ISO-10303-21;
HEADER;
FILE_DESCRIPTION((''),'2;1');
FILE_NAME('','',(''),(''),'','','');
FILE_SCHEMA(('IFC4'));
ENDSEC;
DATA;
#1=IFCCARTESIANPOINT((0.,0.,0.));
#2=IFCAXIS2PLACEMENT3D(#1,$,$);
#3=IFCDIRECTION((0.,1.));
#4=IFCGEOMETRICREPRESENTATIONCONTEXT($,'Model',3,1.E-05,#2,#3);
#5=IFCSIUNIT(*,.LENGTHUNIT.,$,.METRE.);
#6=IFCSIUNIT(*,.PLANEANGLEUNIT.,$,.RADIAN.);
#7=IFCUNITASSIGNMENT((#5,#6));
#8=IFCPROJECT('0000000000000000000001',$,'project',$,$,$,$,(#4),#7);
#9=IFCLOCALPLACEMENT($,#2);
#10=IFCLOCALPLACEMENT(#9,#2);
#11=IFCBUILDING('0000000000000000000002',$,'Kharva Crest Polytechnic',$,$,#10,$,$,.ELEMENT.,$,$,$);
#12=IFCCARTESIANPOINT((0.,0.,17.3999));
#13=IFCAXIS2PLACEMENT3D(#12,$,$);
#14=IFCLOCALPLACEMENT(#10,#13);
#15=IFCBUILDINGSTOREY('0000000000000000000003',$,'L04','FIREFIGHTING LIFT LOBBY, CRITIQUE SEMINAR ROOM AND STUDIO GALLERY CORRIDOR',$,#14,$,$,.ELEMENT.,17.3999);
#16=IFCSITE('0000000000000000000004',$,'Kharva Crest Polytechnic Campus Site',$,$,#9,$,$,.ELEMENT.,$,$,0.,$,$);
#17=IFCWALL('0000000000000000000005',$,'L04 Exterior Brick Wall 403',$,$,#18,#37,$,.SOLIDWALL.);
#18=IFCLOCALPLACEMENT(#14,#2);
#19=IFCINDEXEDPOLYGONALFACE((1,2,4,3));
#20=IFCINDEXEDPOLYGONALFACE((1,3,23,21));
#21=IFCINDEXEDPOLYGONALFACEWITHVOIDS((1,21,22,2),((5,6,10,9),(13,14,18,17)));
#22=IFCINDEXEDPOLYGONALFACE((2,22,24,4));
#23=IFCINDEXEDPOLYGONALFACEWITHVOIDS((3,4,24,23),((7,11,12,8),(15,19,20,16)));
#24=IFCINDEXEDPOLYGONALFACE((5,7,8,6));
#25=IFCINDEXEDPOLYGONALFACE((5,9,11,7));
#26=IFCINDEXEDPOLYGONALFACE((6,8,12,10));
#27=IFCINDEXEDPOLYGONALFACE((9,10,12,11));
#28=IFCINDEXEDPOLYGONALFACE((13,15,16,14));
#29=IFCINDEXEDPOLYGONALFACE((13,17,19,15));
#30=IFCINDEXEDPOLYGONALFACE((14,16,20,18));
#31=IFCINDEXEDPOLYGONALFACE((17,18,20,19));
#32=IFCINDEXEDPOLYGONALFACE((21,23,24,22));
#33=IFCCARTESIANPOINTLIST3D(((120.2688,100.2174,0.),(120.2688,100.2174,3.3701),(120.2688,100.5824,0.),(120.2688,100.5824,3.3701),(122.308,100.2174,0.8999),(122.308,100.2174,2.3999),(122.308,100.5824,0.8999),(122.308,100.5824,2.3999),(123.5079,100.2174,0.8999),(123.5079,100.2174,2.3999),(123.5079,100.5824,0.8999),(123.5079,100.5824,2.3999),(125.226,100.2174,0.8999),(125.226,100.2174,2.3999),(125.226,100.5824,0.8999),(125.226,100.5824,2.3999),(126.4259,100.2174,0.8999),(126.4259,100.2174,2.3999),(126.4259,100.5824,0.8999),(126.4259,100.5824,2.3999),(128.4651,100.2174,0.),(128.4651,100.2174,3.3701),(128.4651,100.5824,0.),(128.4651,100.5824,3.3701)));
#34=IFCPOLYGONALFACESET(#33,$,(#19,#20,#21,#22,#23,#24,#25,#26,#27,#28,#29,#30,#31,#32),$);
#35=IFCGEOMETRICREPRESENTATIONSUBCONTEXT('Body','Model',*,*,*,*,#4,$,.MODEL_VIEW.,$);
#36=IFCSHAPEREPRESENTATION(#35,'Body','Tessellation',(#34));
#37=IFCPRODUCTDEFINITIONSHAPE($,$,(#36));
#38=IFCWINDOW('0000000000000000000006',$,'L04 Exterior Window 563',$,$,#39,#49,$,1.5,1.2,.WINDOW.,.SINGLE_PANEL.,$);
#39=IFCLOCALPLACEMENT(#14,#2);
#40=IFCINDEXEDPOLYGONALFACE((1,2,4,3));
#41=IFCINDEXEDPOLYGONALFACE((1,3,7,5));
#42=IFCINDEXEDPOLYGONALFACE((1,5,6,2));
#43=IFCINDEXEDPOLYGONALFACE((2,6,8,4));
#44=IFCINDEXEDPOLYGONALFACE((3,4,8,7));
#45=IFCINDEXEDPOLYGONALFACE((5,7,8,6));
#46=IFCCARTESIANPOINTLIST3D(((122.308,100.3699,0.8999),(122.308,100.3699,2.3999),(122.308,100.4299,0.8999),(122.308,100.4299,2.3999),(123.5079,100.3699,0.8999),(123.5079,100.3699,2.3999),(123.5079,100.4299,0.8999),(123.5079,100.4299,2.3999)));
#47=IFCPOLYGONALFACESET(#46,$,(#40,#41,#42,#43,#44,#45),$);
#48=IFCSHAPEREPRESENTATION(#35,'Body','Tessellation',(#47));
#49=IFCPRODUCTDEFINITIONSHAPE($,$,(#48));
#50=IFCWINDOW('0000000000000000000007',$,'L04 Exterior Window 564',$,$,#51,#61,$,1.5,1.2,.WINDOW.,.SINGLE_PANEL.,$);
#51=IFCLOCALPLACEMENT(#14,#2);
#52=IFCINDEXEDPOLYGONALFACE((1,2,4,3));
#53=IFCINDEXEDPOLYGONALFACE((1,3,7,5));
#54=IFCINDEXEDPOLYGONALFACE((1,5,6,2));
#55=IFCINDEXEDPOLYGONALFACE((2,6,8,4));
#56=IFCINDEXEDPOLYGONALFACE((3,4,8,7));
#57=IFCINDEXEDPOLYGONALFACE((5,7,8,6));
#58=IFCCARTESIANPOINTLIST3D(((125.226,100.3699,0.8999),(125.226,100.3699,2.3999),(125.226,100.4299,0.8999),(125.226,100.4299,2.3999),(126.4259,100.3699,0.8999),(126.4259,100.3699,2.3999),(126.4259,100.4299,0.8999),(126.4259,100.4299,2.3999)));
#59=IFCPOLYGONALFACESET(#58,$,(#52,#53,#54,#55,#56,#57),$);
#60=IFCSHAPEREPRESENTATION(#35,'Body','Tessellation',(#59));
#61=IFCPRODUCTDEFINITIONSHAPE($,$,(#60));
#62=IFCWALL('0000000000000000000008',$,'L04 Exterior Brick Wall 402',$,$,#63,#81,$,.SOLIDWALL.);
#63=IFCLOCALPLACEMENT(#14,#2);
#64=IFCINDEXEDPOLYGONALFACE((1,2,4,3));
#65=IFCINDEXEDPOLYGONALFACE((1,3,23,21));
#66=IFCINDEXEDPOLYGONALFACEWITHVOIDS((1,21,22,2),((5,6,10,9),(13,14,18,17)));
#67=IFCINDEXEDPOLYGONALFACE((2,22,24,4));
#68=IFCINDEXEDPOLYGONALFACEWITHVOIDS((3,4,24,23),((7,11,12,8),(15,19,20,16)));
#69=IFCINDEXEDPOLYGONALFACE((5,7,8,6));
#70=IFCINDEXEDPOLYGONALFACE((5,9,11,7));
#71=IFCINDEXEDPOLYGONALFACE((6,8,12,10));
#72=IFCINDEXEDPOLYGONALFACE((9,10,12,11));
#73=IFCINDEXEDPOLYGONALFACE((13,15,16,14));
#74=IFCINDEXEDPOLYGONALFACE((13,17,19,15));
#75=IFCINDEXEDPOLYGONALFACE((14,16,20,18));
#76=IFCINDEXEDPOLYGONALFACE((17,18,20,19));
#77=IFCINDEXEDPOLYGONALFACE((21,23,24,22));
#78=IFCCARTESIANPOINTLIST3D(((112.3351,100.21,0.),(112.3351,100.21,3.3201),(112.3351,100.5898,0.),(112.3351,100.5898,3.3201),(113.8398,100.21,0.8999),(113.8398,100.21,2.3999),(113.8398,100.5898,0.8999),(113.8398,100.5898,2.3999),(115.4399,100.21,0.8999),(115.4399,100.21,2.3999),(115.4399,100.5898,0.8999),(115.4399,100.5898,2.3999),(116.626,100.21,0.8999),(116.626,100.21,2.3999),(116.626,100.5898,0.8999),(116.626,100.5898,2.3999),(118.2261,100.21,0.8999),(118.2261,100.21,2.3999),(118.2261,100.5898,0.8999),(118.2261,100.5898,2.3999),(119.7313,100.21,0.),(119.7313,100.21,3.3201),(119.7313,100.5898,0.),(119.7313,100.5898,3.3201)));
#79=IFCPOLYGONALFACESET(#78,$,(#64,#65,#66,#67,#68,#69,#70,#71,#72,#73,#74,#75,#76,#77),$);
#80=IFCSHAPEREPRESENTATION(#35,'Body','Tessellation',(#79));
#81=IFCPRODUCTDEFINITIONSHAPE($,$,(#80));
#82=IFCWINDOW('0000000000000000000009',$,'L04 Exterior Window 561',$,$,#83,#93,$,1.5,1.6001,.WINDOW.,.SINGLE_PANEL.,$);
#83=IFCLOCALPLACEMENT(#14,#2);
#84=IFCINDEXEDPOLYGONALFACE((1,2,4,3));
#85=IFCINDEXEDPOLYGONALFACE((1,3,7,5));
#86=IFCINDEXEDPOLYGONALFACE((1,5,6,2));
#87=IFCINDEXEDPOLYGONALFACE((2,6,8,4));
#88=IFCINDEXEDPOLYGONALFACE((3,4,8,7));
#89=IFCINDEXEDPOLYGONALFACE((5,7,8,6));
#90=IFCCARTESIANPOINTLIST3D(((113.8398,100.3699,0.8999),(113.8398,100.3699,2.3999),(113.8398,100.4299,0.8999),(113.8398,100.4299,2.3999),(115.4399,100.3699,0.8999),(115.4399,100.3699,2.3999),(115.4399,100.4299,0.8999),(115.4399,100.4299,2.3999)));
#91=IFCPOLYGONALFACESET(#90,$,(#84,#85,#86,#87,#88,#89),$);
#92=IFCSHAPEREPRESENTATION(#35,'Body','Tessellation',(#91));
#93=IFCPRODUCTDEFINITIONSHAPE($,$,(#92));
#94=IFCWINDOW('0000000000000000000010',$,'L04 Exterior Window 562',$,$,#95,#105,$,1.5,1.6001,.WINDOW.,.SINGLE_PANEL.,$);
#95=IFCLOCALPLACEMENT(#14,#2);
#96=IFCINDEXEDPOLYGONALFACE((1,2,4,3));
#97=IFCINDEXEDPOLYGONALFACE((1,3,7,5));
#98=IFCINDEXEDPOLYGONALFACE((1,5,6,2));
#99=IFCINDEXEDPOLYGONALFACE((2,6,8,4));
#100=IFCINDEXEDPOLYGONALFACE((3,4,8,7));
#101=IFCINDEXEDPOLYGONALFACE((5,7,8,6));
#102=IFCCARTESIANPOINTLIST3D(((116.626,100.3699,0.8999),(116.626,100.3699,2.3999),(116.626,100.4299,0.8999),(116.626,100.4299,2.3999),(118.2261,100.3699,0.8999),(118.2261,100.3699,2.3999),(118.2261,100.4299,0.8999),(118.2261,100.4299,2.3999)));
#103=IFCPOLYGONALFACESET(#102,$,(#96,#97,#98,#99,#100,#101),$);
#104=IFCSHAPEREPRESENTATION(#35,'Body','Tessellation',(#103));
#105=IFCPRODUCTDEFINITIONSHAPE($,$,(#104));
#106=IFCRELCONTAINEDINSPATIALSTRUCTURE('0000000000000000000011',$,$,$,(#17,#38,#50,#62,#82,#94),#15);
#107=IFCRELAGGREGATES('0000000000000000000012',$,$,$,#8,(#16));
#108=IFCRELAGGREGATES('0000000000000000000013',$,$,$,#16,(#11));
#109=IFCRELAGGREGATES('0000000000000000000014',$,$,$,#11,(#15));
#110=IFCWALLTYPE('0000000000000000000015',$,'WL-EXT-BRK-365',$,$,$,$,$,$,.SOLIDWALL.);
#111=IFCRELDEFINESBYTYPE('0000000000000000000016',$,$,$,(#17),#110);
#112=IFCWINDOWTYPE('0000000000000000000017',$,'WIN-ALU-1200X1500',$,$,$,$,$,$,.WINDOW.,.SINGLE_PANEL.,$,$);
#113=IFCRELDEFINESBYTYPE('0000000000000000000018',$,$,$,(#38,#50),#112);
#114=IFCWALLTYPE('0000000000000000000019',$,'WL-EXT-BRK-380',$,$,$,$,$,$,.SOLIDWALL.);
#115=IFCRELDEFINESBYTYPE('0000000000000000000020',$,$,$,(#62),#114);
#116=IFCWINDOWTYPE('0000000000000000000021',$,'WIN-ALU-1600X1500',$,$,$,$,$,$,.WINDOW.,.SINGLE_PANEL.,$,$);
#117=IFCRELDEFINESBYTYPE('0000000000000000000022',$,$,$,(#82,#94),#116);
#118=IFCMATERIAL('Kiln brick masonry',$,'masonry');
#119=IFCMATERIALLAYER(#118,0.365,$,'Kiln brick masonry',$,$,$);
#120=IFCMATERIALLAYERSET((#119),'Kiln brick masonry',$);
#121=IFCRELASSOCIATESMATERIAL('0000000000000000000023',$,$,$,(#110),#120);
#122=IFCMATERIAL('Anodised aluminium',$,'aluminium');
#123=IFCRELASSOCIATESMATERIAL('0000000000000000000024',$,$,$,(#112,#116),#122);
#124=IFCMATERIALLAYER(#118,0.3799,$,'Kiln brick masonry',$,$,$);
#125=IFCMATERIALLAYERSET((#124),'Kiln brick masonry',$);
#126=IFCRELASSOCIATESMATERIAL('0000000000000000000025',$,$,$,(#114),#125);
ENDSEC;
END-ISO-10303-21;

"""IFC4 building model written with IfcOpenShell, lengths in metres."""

from ifc_helpers import new_model, si_unit, direction, frame, frame_2d, origin, place, context, subcontext, project, spatial, rectangle, extrude, material, layer, layer_set, type_object, element, fill, save


model = new_model("IFC4")

# Units and contexts
model_context = context("Model", 3, precision=1e-05, world=origin(), true_north=direction((0.0, 1.0)))
body_context = subcontext(model_context, "Body", "Model", "MODEL_VIEW")
ifc_project = project(units=[si_unit("LENGTHUNIT", "METRE"), si_unit("PLANEANGLEUNIT", "RADIAN")], contexts=[model_context])

# Site, building, storey
site_placement = place(None, origin())
site = spatial("IfcSite", under=ifc_project, at=site_placement, Name="Kharva Crest Polytechnic Campus Site", CompositionType="ELEMENT", RefElevation=0.0)
building_placement = place(site_placement, origin())
building = spatial("IfcBuilding", under=site, at=building_placement, Name="Kharva Crest Polytechnic", CompositionType="ELEMENT")
storey_placement = place(building_placement, frame((0.0, 0.0, 17.3999)))
storey = spatial("IfcBuildingStorey", under=building, at=storey_placement, Name="L04", Description="FIREFIGHTING LIFT LOBBY, CRITIQUE SEMINAR ROOM AND STUDIO GALLERY CORRIDOR", CompositionType="ELEMENT", Elevation=17.3999)

# Shared definitions
ifc_material_1 = material(Name="Kiln brick masonry", Category="masonry")
ifc_material_2 = material(Name="Anodised aluminium", Category="aluminium")

# Walls, openings, windows
ifc_layer_1 = layer(ifc_material_1, 0.365, Name="Kiln brick masonry")
ifc_layer_set_1 = layer_set([ifc_layer_1], Name="Kiln brick masonry")
wall_type_1 = type_object("IfcWallType", Name="WL-EXT-BRK-365", PredefinedType="SOLIDWALL", material=ifc_layer_set_1)
wall_1_placement = place(storey_placement, frame((120.2688, 100.3999, 0.0), z_axis=(0.0, 0.0, 1.0), x_axis=(1.0, 0.0, 0.0)))
wall_1 = element("IfcWall", 1, at=wall_1_placement, inside=storey, type_object=wall_type_1, Name="L04 Exterior Brick Wall 403", PredefinedType="SOLIDWALL", context=body_context, shape_type="SweptSolid", body=[
    extrude(rectangle(XDim=8.1963, YDim=0.365, at=frame_2d((4.0981, 0.0))), origin(), (0.0, 0.0, 1.0), 3.3701),
])
opening_1_placement = place(wall_1_placement, frame((2.0391, 0.0, 0.8999)))
opening_1 = element("IfcOpeningElement", 2, at=opening_1_placement, cuts=wall_1, PredefinedType="OPENING", context=body_context, shape_type="SweptSolid", body=[
    extrude(rectangle(XDim=1.2, YDim=1.5, at=frame_2d((0.6001, 0.75))), frame((0.0, 0.1924, 0.0), z_axis=(0.0, -1.0, 0.0), x_axis=(1.0, 0.0, 0.0)), (0.0, 0.0, 1.0), 0.385),
])
opening_2_placement = place(wall_1_placement, frame((4.957, 0.0, 0.8999)))
opening_2 = element("IfcOpeningElement", 3, at=opening_2_placement, cuts=wall_1, PredefinedType="OPENING", context=body_context, shape_type="SweptSolid", body=[
    extrude(rectangle(XDim=1.2, YDim=1.5, at=frame_2d((0.6001, 0.75))), frame((0.0, 0.1924, 0.0), z_axis=(0.0, -1.0, 0.0), x_axis=(1.0, 0.0, 0.0)), (0.0, 0.0, 1.0), 0.385),
])
window_type_1 = type_object("IfcWindowType", Name="WIN-ALU-1200X1500", PartitioningType="SINGLE_PANEL", PredefinedType="WINDOW", material=ifc_material_2)
window_1_placement = place(opening_1_placement, origin())
window_1 = element("IfcWindow", 4, at=window_1_placement, inside=storey, type_object=window_type_1, Name="L04 Exterior Window 563", OverallHeight=1.5, OverallWidth=1.2, PartitioningType="SINGLE_PANEL", PredefinedType="WINDOW", context=body_context, shape_type="SweptSolid", body=[
    extrude(rectangle(XDim=1.2, YDim=1.5, at=frame_2d((0.6001, 0.75))), frame((0.0, 0.03, 0.0), z_axis=(0.0, -1.0, 0.0), x_axis=(1.0, 0.0, 0.0)), (0.0, 0.0, 1.0), 0.0601),
])
fill(opening_1, window_1)
window_2_placement = place(opening_2_placement, origin())
window_2 = element("IfcWindow", 5, at=window_2_placement, inside=storey, type_object=window_type_1, Name="L04 Exterior Window 564", OverallHeight=1.5, OverallWidth=1.2, PartitioningType="SINGLE_PANEL", PredefinedType="WINDOW", context=body_context, shape_type="SweptSolid", body=[
    extrude(rectangle(XDim=1.2, YDim=1.5, at=frame_2d((0.6001, 0.75))), frame((0.0, 0.03, 0.0), z_axis=(0.0, -1.0, 0.0), x_axis=(1.0, 0.0, 0.0)), (0.0, 0.0, 1.0), 0.0601),
])
fill(opening_2, window_2)
ifc_layer_2 = layer(ifc_material_1, 0.3799, Name="Kiln brick masonry")
ifc_layer_set_2 = layer_set([ifc_layer_2], Name="Kiln brick masonry")
wall_type_2 = type_object("IfcWallType", Name="WL-EXT-BRK-380", PredefinedType="SOLIDWALL", material=ifc_layer_set_2)
wall_2_placement = place(storey_placement, frame((112.335, 100.3999, 0.0), z_axis=(0.0, 0.0, 1.0), x_axis=(1.0, 0.0, 0.0)))
wall_2 = element("IfcWall", 6, at=wall_2_placement, inside=storey, type_object=wall_type_2, Name="L04 Exterior Brick Wall 402", PredefinedType="SOLIDWALL", context=body_context, shape_type="SweptSolid", body=[
    extrude(rectangle(XDim=7.3962, YDim=0.3799, at=frame_2d((3.6982, 0.0))), origin(), (0.0, 0.0, 1.0), 3.3201),
])
opening_3_placement = place(wall_2_placement, frame((1.5049, 0.0, 0.8999)))
opening_3 = element("IfcOpeningElement", 7, at=opening_3_placement, cuts=wall_2, PredefinedType="OPENING", context=body_context, shape_type="SweptSolid", body=[
    extrude(rectangle(XDim=1.6001, YDim=1.5, at=frame_2d((0.8, 0.75))), frame((0.0, 0.2, 0.0), z_axis=(0.0, -1.0, 0.0), x_axis=(1.0, 0.0, 0.0)), (0.0, 0.0, 1.0), 0.3999),
])
opening_4_placement = place(wall_2_placement, frame((4.291, 0.0, 0.8999)))
opening_4 = element("IfcOpeningElement", 8, at=opening_4_placement, cuts=wall_2, PredefinedType="OPENING", context=body_context, shape_type="SweptSolid", body=[
    extrude(rectangle(XDim=1.6001, YDim=1.5, at=frame_2d((0.8, 0.75))), frame((0.0, 0.2, 0.0), z_axis=(0.0, -1.0, 0.0), x_axis=(1.0, 0.0, 0.0)), (0.0, 0.0, 1.0), 0.3999),
])
window_type_2 = type_object("IfcWindowType", Name="WIN-ALU-1600X1500", PartitioningType="SINGLE_PANEL", PredefinedType="WINDOW", material=ifc_material_2)
window_3_placement = place(opening_3_placement, origin())
window_3 = element("IfcWindow", 9, at=window_3_placement, inside=storey, type_object=window_type_2, Name="L04 Exterior Window 561", OverallHeight=1.5, OverallWidth=1.6001, PartitioningType="SINGLE_PANEL", PredefinedType="WINDOW", context=body_context, shape_type="SweptSolid", body=[
    extrude(rectangle(XDim=1.6001, YDim=1.5, at=frame_2d((0.8, 0.75))), frame((0.0, 0.03, 0.0), z_axis=(0.0, -1.0, 0.0), x_axis=(1.0, 0.0, 0.0)), (0.0, 0.0, 1.0), 0.0601),
])
fill(opening_3, window_3)
window_4_placement = place(opening_4_placement, origin())
window_4 = element("IfcWindow", 10, at=window_4_placement, inside=storey, type_object=window_type_2, Name="L04 Exterior Window 562", OverallHeight=1.5, OverallWidth=1.6001, PartitioningType="SINGLE_PANEL", PredefinedType="WINDOW", context=body_context, shape_type="SweptSolid", body=[
    extrude(rectangle(XDim=1.6001, YDim=1.5, at=frame_2d((0.8, 0.75))), frame((0.0, 0.03, 0.0), z_axis=(0.0, -1.0, 0.0), x_axis=(1.0, 0.0, 0.0)), (0.0, 0.0, 1.0), 0.0601),
])
fill(opening_4, window_4)

save(model, "model.ifc")
